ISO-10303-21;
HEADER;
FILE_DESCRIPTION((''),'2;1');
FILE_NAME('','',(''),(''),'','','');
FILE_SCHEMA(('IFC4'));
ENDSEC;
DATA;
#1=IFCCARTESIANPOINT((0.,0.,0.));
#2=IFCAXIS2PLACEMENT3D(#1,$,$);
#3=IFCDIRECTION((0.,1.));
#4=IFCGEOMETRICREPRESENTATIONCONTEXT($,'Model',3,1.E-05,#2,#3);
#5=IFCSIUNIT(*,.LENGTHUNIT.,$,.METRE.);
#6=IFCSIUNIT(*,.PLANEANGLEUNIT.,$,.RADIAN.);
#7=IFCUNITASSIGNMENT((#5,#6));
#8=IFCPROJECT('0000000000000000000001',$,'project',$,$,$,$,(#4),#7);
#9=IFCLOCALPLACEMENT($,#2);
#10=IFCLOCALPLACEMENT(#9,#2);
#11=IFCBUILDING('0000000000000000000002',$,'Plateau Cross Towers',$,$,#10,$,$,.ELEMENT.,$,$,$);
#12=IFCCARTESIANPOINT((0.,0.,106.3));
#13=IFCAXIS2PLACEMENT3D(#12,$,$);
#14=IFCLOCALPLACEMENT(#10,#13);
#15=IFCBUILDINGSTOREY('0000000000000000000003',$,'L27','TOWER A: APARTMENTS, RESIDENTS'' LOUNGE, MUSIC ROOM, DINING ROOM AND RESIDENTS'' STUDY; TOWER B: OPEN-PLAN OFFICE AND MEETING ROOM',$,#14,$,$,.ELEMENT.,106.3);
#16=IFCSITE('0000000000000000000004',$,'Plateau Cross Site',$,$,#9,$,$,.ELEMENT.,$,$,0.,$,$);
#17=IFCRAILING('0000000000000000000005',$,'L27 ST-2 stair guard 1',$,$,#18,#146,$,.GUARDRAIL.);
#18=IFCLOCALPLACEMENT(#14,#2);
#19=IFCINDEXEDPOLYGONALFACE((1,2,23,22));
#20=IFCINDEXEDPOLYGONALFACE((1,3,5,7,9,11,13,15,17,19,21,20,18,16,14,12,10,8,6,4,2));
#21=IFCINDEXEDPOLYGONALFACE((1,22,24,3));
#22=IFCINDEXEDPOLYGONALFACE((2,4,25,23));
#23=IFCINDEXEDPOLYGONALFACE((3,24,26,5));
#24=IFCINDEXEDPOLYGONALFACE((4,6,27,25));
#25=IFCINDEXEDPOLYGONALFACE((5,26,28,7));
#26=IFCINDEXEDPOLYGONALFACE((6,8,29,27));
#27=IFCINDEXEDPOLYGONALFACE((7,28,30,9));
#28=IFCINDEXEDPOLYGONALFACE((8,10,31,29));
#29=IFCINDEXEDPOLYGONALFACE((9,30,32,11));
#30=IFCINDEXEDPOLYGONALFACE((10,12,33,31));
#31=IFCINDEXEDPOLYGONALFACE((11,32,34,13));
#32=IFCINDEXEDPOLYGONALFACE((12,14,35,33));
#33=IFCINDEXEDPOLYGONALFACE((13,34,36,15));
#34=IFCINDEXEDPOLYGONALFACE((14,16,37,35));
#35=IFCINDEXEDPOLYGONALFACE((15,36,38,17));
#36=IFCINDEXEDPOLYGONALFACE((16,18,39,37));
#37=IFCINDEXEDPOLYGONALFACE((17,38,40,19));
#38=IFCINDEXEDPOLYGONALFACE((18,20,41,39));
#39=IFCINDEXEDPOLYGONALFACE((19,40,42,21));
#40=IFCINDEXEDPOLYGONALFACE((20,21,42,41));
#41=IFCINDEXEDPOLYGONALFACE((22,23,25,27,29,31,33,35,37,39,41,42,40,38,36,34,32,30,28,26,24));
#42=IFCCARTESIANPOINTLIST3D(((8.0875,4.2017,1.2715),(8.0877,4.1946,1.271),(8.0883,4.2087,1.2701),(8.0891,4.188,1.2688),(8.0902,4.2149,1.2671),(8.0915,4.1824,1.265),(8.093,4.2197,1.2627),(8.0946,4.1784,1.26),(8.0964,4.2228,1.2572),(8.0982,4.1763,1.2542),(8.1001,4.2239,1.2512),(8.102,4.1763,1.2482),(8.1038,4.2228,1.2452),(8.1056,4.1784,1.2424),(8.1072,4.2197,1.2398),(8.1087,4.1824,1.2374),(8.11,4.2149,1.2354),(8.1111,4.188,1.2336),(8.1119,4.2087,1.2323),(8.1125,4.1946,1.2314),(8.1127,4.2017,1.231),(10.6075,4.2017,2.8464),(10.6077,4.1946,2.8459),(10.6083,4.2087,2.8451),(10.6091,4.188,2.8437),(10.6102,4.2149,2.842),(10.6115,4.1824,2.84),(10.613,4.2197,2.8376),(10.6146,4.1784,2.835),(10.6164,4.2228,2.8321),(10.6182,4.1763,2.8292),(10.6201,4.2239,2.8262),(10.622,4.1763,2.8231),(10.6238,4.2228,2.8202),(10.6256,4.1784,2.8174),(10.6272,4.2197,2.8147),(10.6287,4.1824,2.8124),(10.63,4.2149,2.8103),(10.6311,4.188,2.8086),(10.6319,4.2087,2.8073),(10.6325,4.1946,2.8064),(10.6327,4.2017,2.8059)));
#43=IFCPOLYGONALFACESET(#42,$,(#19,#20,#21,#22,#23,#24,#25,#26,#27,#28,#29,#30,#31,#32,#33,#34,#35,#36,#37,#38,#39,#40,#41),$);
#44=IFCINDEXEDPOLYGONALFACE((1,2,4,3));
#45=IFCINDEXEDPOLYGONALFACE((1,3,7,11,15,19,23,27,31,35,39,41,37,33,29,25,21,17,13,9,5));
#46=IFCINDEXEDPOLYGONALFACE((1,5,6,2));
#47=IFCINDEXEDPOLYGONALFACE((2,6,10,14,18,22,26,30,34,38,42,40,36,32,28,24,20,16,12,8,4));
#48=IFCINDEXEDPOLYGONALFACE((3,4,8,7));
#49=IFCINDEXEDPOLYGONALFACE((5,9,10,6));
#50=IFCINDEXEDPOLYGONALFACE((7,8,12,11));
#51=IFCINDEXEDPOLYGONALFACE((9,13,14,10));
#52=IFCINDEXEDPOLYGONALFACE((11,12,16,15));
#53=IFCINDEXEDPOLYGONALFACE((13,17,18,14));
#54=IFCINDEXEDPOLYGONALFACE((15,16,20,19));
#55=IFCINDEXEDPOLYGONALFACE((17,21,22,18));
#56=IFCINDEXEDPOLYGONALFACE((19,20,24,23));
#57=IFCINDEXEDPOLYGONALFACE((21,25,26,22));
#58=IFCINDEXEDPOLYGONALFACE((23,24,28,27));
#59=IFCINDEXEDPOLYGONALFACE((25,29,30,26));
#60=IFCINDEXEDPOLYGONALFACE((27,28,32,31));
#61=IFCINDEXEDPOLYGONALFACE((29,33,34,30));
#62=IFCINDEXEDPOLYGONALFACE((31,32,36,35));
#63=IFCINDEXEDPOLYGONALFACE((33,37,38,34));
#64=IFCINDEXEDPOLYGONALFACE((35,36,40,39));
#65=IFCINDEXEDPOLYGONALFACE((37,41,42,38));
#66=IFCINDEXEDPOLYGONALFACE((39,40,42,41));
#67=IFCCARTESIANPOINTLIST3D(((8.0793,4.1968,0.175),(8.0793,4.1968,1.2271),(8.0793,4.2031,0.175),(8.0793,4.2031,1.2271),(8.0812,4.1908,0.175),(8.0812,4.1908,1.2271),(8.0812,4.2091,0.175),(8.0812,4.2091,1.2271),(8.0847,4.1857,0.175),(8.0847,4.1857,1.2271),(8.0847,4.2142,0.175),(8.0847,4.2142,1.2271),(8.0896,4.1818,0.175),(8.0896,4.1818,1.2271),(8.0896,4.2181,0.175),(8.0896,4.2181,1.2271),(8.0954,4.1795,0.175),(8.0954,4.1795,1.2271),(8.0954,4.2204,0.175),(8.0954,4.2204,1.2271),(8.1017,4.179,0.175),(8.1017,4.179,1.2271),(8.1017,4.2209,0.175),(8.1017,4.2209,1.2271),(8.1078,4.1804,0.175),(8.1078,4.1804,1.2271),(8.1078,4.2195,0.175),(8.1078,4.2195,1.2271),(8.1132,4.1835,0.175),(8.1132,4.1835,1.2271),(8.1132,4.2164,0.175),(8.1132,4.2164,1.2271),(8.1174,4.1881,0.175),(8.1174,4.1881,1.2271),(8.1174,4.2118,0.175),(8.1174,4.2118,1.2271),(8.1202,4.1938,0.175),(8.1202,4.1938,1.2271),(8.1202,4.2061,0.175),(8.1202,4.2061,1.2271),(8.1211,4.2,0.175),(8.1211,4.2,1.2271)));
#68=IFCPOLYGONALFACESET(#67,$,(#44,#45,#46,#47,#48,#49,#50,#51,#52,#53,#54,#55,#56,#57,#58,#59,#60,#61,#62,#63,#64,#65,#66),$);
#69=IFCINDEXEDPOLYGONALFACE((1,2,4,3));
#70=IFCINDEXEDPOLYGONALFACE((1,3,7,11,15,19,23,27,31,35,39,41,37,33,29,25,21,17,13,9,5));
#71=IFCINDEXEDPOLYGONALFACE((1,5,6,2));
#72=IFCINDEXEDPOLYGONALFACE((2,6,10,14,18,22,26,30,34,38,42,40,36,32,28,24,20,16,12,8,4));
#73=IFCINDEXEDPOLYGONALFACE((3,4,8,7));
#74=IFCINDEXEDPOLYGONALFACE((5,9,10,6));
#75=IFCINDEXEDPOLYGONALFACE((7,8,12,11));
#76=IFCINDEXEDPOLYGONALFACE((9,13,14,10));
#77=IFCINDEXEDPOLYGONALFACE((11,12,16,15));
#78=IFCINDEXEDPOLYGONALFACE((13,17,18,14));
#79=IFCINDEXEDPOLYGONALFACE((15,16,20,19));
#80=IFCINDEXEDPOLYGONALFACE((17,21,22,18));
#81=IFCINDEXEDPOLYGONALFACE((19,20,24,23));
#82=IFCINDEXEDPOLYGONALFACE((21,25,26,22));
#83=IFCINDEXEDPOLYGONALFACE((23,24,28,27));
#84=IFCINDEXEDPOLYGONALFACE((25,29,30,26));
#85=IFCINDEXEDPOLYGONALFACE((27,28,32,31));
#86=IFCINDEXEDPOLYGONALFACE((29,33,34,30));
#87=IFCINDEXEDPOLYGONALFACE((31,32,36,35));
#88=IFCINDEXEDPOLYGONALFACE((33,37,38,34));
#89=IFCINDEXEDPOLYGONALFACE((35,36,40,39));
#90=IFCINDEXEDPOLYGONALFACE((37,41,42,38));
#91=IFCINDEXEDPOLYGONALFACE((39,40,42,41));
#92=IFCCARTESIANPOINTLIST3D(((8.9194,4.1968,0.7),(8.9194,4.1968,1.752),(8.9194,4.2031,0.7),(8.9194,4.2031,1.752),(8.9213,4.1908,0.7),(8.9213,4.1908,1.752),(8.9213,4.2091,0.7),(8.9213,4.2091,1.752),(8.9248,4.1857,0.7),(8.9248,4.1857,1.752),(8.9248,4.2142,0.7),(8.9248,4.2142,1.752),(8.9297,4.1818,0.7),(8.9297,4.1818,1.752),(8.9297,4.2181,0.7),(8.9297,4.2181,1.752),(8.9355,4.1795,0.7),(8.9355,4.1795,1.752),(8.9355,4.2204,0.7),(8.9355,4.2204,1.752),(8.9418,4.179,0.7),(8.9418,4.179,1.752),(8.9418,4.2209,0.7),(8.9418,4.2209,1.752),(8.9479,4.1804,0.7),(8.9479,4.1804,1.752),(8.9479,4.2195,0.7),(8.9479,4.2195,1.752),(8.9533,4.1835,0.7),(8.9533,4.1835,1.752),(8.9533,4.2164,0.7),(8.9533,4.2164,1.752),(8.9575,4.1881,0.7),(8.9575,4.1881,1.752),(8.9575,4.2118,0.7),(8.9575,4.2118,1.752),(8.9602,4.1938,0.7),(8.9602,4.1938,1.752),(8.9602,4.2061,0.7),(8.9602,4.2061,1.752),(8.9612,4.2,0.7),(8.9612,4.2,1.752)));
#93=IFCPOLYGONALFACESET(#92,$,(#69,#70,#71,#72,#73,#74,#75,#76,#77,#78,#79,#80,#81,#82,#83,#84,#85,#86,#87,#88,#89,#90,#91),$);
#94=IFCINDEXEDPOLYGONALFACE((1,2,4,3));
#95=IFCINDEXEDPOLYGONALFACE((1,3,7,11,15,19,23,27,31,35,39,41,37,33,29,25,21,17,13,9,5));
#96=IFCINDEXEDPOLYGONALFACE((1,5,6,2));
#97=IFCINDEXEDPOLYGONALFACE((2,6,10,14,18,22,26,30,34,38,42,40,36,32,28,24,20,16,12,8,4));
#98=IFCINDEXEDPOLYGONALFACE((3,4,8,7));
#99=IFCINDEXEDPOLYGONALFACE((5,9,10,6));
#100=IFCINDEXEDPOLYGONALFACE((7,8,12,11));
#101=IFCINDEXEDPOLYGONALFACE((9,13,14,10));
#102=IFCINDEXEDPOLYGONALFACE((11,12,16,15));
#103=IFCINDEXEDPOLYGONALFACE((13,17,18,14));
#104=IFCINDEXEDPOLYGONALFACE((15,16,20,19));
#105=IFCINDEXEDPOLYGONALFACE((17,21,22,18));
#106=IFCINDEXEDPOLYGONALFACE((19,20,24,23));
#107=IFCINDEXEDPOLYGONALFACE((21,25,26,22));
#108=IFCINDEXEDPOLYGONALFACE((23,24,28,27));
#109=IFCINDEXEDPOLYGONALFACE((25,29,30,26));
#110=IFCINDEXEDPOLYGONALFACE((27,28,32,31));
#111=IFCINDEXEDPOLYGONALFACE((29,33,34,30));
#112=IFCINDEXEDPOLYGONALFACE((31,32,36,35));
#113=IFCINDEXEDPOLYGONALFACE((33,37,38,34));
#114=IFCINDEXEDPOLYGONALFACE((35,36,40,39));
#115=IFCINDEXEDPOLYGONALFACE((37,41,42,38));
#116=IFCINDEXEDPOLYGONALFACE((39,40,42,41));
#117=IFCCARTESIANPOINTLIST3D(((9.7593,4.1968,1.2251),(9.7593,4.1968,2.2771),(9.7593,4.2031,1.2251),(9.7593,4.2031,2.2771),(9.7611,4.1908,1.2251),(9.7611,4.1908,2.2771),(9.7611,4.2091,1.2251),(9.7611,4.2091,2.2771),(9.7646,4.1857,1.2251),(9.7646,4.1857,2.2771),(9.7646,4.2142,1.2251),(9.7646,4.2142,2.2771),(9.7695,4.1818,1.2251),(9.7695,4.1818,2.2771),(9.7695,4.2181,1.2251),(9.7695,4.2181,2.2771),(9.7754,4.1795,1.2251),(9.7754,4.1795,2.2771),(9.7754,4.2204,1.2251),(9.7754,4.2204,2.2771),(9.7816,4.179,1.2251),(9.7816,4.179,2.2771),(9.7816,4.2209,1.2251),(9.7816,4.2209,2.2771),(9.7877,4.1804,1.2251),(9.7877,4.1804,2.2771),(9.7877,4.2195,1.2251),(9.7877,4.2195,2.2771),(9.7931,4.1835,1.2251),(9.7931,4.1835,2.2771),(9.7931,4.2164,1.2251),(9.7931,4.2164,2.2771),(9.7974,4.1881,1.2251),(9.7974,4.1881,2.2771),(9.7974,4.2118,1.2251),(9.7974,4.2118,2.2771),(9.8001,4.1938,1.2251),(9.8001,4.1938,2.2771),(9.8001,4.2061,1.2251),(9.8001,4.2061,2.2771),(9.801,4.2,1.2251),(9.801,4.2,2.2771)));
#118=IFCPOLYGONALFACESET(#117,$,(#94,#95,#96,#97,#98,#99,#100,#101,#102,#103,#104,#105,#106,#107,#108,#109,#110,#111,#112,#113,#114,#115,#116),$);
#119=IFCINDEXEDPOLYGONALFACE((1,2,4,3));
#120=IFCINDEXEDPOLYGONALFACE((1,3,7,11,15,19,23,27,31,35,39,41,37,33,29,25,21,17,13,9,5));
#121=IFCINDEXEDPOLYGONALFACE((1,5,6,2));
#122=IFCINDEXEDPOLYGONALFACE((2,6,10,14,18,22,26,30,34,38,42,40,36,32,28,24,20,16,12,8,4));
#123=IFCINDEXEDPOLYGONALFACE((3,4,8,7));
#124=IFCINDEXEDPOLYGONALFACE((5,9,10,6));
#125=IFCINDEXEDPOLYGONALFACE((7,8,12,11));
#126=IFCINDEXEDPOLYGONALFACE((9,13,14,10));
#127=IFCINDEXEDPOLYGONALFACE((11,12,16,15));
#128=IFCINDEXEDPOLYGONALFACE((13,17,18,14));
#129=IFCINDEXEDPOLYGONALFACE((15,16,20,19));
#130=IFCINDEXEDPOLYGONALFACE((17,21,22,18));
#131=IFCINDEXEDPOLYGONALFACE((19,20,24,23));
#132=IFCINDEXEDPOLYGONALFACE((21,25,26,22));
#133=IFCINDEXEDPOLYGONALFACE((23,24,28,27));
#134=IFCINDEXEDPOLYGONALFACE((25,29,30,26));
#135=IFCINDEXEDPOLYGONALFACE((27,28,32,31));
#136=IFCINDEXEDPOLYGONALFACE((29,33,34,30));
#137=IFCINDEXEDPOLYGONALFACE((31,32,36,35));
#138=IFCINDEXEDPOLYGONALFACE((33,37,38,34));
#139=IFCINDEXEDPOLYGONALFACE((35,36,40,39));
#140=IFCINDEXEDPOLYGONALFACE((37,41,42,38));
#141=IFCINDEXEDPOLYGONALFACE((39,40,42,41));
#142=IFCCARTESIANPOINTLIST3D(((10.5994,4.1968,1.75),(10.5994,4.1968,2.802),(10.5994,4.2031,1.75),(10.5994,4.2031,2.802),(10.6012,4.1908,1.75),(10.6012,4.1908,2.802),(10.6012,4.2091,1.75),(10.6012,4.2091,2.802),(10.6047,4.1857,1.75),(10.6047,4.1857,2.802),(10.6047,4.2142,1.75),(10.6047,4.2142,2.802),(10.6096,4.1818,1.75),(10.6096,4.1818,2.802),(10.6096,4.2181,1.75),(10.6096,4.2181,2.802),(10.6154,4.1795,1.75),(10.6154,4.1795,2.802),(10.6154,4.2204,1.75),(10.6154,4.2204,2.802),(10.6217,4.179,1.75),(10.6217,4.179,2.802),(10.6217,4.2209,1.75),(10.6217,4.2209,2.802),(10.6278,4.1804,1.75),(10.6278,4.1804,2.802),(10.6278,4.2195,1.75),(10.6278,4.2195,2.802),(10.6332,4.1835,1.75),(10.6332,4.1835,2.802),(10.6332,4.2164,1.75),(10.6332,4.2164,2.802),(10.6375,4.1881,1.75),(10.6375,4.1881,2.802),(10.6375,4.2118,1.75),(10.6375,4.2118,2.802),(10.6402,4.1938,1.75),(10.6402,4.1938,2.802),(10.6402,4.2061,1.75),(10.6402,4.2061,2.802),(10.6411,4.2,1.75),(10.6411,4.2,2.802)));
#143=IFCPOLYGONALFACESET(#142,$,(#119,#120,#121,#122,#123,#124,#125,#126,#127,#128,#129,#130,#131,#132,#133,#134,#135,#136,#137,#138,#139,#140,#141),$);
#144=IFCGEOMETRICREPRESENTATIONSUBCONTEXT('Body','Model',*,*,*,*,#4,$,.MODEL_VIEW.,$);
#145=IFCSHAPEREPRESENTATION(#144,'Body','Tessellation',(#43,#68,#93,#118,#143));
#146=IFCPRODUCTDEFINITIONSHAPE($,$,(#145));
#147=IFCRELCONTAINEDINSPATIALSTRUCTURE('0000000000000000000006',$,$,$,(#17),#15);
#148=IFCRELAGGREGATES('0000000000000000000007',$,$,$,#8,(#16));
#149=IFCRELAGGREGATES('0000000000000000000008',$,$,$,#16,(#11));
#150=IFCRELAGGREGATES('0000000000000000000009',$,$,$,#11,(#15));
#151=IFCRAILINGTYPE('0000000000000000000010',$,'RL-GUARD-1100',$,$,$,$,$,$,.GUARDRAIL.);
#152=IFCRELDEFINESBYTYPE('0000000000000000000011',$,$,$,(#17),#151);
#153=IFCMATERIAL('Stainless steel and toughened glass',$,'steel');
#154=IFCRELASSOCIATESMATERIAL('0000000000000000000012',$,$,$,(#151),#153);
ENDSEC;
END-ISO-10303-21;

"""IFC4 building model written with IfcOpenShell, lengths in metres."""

from ifc_helpers import new_model, si_unit, direction, frame, origin, origin_2d, place, context, subcontext, project, spatial, circle, extrude, material, type_object, element, save


model = new_model("IFC4")

# Units and contexts
model_context = context("Model", 3, precision=1e-05, world=origin(), true_north=direction((0.0, 1.0)))
body_context = subcontext(model_context, "Body", "Model", "MODEL_VIEW")
ifc_project = project(units=[si_unit("LENGTHUNIT", "METRE"), si_unit("PLANEANGLEUNIT", "RADIAN")], contexts=[model_context])

# Site, building, storey
site_placement = place(None, origin())
site = spatial("IfcSite", under=ifc_project, at=site_placement, Name="Plateau Cross Site", CompositionType="ELEMENT", RefElevation=0.0)
building_placement = place(site_placement, origin())
building = spatial("IfcBuilding", under=site, at=building_placement, Name="Plateau Cross Towers", CompositionType="ELEMENT")
storey_placement = place(building_placement, frame((0.0, 0.0, 106.3)))
storey = spatial("IfcBuildingStorey", under=building, at=storey_placement, Name="L27", Description="TOWER A: APARTMENTS, RESIDENTS' LOUNGE, MUSIC ROOM, DINING ROOM AND RESIDENTS' STUDY; TOWER B: OPEN-PLAN OFFICE AND MEETING ROOM", CompositionType="ELEMENT", Elevation=106.3)

# Railing
ifc_material_1 = material(Name="Stainless steel and toughened glass", Category="steel")
railing_type_1 = type_object("IfcRailingType", Name="RL-GUARD-1100", PredefinedType="GUARDRAIL", material=ifc_material_1)
railing_1_placement = place(storey_placement, frame((8.1001, 4.2, 0.175)))
element("IfcRailing", 1, at=railing_1_placement, inside=storey, type_object=railing_type_1, Name="L27 ST-2 stair guard 1", PredefinedType="GUARDRAIL", context=body_context, shape_type="SweptSolid", body=[
    extrude(circle(Radius=0.0239, at=origin_2d()), frame((0.0, 0.0, 1.0762), z_axis=(0.848008, 0.0, 0.529984), x_axis=(0.0, 1.0, 0.0)), (0.0, 0.0, 1.0), 2.9717),
    extrude(circle(Radius=0.021, at=origin_2d()), origin(), (0.0, 0.0, 1.0), 1.052),
    extrude(circle(Radius=0.021, at=origin_2d()), frame((0.8401, 0.0, 0.5249)), (0.0, 0.0, 1.0), 1.052),
    extrude(circle(Radius=0.021, at=origin_2d()), frame((1.6799, 0.0, 1.05)), (0.0, 0.0, 1.0), 1.052),
    extrude(circle(Radius=0.021, at=origin_2d()), frame((2.52, 0.0, 1.575)), (0.0, 0.0, 1.0), 1.052),
])

save(model, "model.ifc")
